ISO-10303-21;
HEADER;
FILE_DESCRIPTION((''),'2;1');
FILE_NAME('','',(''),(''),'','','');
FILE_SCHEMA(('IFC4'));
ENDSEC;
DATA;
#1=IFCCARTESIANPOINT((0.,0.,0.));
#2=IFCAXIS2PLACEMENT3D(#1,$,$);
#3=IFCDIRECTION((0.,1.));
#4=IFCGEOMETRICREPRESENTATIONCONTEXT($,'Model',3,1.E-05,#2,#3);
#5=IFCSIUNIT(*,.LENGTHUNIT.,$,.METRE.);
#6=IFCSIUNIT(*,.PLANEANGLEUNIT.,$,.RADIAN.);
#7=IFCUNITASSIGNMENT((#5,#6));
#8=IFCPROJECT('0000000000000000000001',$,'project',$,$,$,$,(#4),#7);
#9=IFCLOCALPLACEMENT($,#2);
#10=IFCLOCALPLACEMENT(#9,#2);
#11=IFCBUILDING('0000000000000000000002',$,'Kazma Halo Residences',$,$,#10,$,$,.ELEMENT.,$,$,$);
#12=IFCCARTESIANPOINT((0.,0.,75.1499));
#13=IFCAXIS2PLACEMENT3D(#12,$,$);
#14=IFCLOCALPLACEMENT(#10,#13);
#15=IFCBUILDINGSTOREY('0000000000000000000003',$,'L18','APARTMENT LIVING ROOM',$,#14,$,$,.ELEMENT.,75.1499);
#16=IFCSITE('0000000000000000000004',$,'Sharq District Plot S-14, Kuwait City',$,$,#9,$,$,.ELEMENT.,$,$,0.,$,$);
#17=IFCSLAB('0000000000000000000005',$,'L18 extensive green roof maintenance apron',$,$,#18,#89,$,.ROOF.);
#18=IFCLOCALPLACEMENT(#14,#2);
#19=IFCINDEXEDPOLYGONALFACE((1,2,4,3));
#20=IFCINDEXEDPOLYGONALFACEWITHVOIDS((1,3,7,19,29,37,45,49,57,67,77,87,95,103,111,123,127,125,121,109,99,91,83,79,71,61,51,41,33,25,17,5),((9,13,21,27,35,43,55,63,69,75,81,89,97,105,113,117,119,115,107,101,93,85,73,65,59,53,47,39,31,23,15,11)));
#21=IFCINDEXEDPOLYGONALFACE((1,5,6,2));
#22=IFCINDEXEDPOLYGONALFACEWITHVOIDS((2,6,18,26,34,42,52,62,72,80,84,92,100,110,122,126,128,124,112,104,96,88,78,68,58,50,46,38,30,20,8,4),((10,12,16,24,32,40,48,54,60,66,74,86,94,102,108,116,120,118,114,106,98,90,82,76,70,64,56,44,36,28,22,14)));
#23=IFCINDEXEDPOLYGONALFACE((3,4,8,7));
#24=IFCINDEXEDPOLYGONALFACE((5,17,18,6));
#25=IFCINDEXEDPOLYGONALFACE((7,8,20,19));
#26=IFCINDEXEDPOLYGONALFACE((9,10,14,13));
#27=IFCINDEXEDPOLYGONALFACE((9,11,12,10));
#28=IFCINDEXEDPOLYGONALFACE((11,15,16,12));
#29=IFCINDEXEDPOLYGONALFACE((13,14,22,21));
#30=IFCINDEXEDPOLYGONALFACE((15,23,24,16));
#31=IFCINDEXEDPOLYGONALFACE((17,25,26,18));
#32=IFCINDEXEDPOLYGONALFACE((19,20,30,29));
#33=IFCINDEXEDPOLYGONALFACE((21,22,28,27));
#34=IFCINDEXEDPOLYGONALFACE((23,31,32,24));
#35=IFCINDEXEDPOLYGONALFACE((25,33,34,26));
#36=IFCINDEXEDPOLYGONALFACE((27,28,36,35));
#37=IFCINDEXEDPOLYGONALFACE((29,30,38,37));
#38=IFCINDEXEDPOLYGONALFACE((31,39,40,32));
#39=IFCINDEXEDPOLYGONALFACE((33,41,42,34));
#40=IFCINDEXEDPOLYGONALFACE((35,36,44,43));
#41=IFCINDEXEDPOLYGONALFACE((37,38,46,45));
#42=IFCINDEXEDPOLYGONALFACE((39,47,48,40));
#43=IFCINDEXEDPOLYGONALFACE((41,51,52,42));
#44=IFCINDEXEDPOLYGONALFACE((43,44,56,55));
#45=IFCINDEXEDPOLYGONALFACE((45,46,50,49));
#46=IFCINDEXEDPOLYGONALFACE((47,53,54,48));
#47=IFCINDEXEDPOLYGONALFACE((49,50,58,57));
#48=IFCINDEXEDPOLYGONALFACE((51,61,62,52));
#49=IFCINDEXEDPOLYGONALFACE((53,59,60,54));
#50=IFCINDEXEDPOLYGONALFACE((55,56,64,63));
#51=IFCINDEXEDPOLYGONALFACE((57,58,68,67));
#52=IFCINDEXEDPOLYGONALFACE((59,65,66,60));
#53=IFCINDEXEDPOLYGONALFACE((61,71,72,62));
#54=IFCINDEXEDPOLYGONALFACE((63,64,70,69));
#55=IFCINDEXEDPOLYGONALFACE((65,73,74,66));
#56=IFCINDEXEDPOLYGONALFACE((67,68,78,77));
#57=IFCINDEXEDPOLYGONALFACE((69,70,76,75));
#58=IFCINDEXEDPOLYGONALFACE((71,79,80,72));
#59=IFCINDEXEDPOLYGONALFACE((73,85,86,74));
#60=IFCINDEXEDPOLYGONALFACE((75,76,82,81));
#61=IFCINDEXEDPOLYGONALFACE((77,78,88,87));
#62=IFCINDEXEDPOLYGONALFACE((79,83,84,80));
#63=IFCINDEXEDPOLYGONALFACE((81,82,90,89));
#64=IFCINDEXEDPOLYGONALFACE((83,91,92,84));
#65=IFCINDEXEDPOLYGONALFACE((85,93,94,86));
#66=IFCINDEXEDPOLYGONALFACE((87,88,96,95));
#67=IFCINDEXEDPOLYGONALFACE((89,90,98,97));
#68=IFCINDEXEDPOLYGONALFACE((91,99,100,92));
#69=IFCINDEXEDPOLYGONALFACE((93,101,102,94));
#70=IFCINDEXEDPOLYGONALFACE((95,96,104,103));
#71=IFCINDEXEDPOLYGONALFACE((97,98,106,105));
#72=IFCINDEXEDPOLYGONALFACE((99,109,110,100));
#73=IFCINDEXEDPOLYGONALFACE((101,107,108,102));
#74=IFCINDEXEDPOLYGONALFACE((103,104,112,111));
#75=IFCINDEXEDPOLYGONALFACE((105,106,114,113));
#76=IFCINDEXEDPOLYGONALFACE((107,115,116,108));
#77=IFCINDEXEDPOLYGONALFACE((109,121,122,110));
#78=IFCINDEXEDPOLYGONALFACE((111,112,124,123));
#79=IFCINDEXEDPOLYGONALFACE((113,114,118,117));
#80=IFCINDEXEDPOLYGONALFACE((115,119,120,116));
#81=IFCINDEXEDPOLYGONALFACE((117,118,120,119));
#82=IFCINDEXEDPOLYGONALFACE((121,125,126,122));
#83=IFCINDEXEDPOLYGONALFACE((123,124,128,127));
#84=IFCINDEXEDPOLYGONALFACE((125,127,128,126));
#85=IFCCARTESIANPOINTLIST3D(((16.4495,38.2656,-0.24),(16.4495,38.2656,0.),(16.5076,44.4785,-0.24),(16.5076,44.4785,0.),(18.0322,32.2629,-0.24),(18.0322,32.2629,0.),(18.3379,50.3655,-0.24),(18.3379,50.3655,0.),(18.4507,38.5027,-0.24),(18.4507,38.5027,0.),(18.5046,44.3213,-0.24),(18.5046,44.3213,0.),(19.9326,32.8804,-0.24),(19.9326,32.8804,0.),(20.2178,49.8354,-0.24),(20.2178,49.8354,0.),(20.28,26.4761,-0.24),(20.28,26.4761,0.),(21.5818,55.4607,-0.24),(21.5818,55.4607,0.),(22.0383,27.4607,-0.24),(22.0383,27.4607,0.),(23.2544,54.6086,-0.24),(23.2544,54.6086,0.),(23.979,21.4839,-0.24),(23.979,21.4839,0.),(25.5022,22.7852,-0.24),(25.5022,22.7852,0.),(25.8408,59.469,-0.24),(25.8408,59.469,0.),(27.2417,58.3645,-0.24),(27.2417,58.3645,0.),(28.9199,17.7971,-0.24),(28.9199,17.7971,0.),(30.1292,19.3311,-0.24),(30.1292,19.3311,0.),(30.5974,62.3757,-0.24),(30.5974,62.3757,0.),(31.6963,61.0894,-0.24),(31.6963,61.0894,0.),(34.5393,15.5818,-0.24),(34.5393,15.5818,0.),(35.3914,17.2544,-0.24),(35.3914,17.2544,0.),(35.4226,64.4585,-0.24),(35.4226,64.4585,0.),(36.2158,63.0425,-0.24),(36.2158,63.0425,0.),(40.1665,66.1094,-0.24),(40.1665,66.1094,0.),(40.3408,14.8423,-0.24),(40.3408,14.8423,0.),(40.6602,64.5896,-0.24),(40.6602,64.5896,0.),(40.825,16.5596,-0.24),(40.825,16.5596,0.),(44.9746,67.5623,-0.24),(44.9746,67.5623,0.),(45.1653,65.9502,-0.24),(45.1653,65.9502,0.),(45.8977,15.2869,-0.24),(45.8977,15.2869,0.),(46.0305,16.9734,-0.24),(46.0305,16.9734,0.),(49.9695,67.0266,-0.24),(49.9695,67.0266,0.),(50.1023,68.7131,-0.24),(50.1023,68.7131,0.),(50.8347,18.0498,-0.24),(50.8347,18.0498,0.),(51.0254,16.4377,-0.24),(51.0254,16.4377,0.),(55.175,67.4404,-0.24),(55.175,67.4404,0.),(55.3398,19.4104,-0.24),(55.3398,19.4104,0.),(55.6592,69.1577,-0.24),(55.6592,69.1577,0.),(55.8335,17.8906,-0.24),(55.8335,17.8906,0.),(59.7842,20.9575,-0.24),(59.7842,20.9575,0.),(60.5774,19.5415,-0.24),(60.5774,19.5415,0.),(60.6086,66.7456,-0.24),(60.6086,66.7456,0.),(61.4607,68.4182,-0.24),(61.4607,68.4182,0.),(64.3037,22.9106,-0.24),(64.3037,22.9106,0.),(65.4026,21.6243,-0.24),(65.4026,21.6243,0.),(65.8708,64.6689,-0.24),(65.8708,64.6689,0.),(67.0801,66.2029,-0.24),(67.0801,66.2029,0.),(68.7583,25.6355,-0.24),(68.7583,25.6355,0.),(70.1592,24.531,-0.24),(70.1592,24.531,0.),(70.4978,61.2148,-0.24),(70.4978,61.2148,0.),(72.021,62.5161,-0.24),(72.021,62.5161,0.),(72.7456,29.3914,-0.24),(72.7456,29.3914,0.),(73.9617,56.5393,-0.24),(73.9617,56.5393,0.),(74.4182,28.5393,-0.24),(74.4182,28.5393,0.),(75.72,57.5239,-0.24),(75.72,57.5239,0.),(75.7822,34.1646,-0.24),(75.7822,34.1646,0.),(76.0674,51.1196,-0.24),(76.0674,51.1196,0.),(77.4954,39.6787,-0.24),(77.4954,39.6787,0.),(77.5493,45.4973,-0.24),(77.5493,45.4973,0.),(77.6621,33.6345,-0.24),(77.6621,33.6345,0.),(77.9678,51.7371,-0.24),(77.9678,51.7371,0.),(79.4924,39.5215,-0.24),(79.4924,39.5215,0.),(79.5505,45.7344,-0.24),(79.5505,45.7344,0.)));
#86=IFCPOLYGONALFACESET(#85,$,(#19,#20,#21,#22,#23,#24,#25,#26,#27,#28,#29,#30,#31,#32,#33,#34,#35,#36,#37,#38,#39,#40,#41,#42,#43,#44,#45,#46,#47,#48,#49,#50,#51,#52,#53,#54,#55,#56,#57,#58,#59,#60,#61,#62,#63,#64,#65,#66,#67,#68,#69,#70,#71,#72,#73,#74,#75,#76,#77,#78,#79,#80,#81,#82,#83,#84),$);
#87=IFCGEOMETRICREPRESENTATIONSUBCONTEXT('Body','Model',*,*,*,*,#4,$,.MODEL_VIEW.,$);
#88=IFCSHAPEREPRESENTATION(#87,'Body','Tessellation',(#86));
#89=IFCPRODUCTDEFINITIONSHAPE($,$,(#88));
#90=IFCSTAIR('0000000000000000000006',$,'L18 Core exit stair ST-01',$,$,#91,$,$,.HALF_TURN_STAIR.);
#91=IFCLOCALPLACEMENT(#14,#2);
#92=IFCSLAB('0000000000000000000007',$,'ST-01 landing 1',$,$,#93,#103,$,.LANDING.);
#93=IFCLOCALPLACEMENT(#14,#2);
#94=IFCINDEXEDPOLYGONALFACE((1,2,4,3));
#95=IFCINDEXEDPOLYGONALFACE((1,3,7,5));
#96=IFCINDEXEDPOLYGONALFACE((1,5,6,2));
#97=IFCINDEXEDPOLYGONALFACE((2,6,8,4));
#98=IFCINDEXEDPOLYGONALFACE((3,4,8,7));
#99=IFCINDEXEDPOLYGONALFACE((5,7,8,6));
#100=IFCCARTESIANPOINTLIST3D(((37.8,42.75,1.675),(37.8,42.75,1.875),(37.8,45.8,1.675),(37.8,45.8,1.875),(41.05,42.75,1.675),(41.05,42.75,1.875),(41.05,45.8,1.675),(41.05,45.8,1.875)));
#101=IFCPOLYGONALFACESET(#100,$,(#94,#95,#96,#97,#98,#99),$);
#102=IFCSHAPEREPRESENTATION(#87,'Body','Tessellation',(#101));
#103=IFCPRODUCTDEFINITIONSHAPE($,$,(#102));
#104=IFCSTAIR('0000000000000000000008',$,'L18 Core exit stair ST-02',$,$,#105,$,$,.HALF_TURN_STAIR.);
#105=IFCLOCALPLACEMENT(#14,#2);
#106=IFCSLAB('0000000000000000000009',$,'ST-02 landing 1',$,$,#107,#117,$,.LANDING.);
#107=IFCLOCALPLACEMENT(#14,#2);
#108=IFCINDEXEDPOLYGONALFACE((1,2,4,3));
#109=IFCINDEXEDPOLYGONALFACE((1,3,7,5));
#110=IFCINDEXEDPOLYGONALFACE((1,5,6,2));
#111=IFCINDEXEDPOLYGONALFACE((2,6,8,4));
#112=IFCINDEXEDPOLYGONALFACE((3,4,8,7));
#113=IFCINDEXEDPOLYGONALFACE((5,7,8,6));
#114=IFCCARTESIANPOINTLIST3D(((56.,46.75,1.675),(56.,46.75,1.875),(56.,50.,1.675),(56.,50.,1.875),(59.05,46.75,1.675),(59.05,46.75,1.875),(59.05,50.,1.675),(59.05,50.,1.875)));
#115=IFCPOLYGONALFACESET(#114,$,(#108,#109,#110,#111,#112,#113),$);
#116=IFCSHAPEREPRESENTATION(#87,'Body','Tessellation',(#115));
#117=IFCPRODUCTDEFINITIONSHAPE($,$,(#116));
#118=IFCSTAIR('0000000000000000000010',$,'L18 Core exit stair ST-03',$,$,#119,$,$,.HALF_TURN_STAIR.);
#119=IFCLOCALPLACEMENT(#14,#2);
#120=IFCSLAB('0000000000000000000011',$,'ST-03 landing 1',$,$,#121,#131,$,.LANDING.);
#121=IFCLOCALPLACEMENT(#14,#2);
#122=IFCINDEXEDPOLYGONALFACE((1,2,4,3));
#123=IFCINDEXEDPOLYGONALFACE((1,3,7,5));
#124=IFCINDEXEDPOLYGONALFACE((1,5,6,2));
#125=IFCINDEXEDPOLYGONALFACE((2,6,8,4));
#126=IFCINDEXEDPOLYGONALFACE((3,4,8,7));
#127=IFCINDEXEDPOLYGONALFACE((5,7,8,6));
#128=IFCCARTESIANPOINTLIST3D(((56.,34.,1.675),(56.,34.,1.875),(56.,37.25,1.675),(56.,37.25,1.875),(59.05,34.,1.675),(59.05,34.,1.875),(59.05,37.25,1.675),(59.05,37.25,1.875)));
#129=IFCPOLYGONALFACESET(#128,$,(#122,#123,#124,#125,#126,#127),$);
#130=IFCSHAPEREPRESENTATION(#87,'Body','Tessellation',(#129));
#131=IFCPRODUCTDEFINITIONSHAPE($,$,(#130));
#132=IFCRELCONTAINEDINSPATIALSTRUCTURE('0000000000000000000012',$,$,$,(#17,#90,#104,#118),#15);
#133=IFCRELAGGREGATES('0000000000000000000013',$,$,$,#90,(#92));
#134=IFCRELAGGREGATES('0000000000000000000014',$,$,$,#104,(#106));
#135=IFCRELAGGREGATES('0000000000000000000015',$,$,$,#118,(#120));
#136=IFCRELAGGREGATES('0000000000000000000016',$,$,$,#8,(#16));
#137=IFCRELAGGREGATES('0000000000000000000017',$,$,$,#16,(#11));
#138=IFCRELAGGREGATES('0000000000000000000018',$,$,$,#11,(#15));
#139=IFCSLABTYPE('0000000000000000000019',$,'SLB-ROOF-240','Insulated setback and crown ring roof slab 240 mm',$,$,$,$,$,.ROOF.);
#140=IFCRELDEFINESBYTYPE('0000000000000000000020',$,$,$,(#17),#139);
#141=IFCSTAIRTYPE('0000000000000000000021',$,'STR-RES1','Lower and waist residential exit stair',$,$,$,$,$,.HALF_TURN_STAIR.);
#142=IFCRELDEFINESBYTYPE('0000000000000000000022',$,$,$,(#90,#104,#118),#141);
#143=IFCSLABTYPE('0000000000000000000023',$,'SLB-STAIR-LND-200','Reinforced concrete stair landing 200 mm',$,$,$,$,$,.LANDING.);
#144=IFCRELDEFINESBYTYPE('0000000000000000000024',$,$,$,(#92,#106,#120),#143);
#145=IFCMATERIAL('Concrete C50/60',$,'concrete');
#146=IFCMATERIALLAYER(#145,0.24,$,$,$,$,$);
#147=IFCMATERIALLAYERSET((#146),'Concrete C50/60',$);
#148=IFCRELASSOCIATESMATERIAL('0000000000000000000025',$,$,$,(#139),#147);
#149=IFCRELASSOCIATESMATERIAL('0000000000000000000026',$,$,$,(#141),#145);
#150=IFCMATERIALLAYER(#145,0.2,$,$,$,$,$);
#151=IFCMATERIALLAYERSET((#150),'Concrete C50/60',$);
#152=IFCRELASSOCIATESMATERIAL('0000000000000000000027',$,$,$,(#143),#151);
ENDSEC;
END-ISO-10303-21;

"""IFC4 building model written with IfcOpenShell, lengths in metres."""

from ifc_helpers import new_model, si_unit, direction, frame, origin, place, context, subcontext, project, spatial, polyline, outline, extrude, material, layer, layer_set, type_object, element, aggregate, save


model = new_model("IFC4")

# Units and contexts
model_context = context("Model", 3, precision=1e-05, world=origin(), true_north=direction((0.0, 1.0)))
body_context = subcontext(model_context, "Body", "Model", "MODEL_VIEW")
ifc_project = project(units=[si_unit("LENGTHUNIT", "METRE"), si_unit("PLANEANGLEUNIT", "RADIAN")], contexts=[model_context])

# Site, building, storey
site_placement = place(None, origin())
site = spatial("IfcSite", under=ifc_project, at=site_placement, Name="Sharq District Plot S-14, Kuwait City", CompositionType="ELEMENT", RefElevation=0.0)
building_placement = place(site_placement, origin())
building = spatial("IfcBuilding", under=site, at=building_placement, Name="Kazma Halo Residences", CompositionType="ELEMENT")
storey_placement = place(building_placement, frame((0.0, 0.0, 75.1499)))
storey = spatial("IfcBuildingStorey", under=building, at=storey_placement, Name="L18", Description="APARTMENT LIVING ROOM", CompositionType="ELEMENT", Elevation=75.1499)

# Slab
ifc_material_1 = material(Name="Concrete C50/60", Category="concrete")
ifc_layer_1 = layer(ifc_material_1, 0.24)
ifc_layer_set_1 = layer_set([ifc_layer_1], Name="Concrete C50/60")
slab_type_1 = type_object("IfcSlabType", Name="SLB-ROOF-240", Description="Insulated setback and crown ring roof slab 240 mm", PredefinedType="ROOF", material=ifc_layer_set_1)
slab_1_placement = place(storey_placement, frame((0.0, 0.0, -0.24)))
element("IfcSlab", 1, at=slab_1_placement, inside=storey, type_object=slab_type_1, Name="L18 extensive green roof maintenance apron", PredefinedType="ROOF", context=body_context, shape_type="SweptSolid", body=[
    extrude(outline(polyline([(77.9678, 51.7371), (75.72, 57.5239), (72.021, 62.5161), (67.0801, 66.2029), (61.4607, 68.4182), (55.6592, 69.1577), (50.1023, 68.7131), (44.9746, 67.5623), (40.1665, 66.1094), (35.4226, 64.4585), (30.5974, 62.3757), (25.8408, 59.469), (21.5818, 55.4607), (18.3379, 50.3655), (16.5076, 44.4785), (16.4495, 38.2656), (18.0322, 32.2629), (20.28, 26.4761), (23.979, 21.4839), (28.9199, 17.7971), (34.5393, 15.5818), (40.3408, 14.8423), (45.8977, 15.2869), (51.0254, 16.4377), (55.8335, 17.8906), (60.5774, 19.5415), (65.4026, 21.6243), (70.1592, 24.531), (74.4182, 28.5393), (77.6621, 33.6345), (79.4924, 39.5215), (79.5505, 45.7344), (77.9678, 51.7371)]), holes=[polyline([(76.0674, 51.1196), (73.9617, 56.5393), (70.4978, 61.2148), (65.8708, 64.6689), (60.6086, 66.7456), (55.175, 67.4404), (49.9695, 67.0266), (45.1653, 65.9502), (40.6602, 64.5896), (36.2158, 63.0425), (31.6963, 61.0894), (27.2417, 58.3645), (23.2544, 54.6086), (20.2178, 49.8354), (18.5046, 44.3213), (18.4507, 38.5027), (19.9326, 32.8804), (22.0383, 27.4607), (25.5022, 22.7852), (30.1292, 19.3311), (35.3914, 17.2544), (40.825, 16.5596), (46.0305, 16.9734), (50.8347, 18.0498), (55.3398, 19.4104), (59.7842, 20.9575), (64.3037, 22.9106), (68.7583, 25.6355), (72.7456, 29.3914), (75.7822, 34.1646), (77.4954, 39.6787), (77.5493, 45.4973), (76.0674, 51.1196)])]), origin(), (0.0, 0.0, 1.0), 0.24),
])

# Stairs, slabs
stair_type = type_object("IfcStairType", Name="STR-RES1", Description="Lower and waist residential exit stair", PredefinedType="HALF_TURN_STAIR", material=ifc_material_1)
stair_1_placement = place(storey_placement, origin())
stair_1 = element("IfcStair", 2, at=stair_1_placement, inside=storey, type_object=stair_type, Name="L18 Core exit stair ST-01", PredefinedType="HALF_TURN_STAIR")
ifc_layer_2 = layer(ifc_material_1, 0.2)
ifc_layer_set_2 = layer_set([ifc_layer_2], Name="Concrete C50/60")
slab_type_2 = type_object("IfcSlabType", Name="SLB-STAIR-LND-200", Description="Reinforced concrete stair landing 200 mm", PredefinedType="LANDING", material=ifc_layer_set_2)
slab_2_placement = place(storey_placement, frame((0.0, 0.0, 1.675)))
slab_2 = element("IfcSlab", 3, at=slab_2_placement, type_object=slab_type_2, Name="ST-01 landing 1", PredefinedType="LANDING", context=body_context, shape_type="SweptSolid", body=[
    extrude(outline(polyline([(41.05, 42.75), (41.05, 45.8), (37.8, 45.8), (37.8, 42.75), (41.05, 42.75)])), origin(), (0.0, 0.0, 1.0), 0.2),
])
aggregate(stair_1, [slab_2])
stair_2_placement = place(storey_placement, origin())
stair_2 = element("IfcStair", 4, at=stair_2_placement, inside=storey, type_object=stair_type, Name="L18 Core exit stair ST-02", PredefinedType="HALF_TURN_STAIR")
slab_3_placement = place(storey_placement, frame((0.0, 0.0, 1.675)))
slab_3 = element("IfcSlab", 5, at=slab_3_placement, type_object=slab_type_2, Name="ST-02 landing 1", PredefinedType="LANDING", context=body_context, shape_type="SweptSolid", body=[
    extrude(outline(polyline([(56.0, 46.75), (59.05, 46.75), (59.05, 50.0), (56.0, 50.0), (56.0, 46.75)])), origin(), (0.0, 0.0, 1.0), 0.2),
])
aggregate(stair_2, [slab_3])
stair_3_placement = place(storey_placement, origin())
stair_3 = element("IfcStair", 6, at=stair_3_placement, inside=storey, type_object=stair_type, Name="L18 Core exit stair ST-03", PredefinedType="HALF_TURN_STAIR")
slab_4_placement = place(storey_placement, frame((0.0, 0.0, 1.675)))
slab_4 = element("IfcSlab", 7, at=slab_4_placement, type_object=slab_type_2, Name="ST-03 landing 1", PredefinedType="LANDING", context=body_context, shape_type="SweptSolid", body=[
    extrude(outline(polyline([(56.0, 34.0), (59.05, 34.0), (59.05, 37.25), (56.0, 37.25), (56.0, 34.0)])), origin(), (0.0, 0.0, 1.0), 0.2),
])
aggregate(stair_3, [slab_4])

save(model, "model.ifc")
